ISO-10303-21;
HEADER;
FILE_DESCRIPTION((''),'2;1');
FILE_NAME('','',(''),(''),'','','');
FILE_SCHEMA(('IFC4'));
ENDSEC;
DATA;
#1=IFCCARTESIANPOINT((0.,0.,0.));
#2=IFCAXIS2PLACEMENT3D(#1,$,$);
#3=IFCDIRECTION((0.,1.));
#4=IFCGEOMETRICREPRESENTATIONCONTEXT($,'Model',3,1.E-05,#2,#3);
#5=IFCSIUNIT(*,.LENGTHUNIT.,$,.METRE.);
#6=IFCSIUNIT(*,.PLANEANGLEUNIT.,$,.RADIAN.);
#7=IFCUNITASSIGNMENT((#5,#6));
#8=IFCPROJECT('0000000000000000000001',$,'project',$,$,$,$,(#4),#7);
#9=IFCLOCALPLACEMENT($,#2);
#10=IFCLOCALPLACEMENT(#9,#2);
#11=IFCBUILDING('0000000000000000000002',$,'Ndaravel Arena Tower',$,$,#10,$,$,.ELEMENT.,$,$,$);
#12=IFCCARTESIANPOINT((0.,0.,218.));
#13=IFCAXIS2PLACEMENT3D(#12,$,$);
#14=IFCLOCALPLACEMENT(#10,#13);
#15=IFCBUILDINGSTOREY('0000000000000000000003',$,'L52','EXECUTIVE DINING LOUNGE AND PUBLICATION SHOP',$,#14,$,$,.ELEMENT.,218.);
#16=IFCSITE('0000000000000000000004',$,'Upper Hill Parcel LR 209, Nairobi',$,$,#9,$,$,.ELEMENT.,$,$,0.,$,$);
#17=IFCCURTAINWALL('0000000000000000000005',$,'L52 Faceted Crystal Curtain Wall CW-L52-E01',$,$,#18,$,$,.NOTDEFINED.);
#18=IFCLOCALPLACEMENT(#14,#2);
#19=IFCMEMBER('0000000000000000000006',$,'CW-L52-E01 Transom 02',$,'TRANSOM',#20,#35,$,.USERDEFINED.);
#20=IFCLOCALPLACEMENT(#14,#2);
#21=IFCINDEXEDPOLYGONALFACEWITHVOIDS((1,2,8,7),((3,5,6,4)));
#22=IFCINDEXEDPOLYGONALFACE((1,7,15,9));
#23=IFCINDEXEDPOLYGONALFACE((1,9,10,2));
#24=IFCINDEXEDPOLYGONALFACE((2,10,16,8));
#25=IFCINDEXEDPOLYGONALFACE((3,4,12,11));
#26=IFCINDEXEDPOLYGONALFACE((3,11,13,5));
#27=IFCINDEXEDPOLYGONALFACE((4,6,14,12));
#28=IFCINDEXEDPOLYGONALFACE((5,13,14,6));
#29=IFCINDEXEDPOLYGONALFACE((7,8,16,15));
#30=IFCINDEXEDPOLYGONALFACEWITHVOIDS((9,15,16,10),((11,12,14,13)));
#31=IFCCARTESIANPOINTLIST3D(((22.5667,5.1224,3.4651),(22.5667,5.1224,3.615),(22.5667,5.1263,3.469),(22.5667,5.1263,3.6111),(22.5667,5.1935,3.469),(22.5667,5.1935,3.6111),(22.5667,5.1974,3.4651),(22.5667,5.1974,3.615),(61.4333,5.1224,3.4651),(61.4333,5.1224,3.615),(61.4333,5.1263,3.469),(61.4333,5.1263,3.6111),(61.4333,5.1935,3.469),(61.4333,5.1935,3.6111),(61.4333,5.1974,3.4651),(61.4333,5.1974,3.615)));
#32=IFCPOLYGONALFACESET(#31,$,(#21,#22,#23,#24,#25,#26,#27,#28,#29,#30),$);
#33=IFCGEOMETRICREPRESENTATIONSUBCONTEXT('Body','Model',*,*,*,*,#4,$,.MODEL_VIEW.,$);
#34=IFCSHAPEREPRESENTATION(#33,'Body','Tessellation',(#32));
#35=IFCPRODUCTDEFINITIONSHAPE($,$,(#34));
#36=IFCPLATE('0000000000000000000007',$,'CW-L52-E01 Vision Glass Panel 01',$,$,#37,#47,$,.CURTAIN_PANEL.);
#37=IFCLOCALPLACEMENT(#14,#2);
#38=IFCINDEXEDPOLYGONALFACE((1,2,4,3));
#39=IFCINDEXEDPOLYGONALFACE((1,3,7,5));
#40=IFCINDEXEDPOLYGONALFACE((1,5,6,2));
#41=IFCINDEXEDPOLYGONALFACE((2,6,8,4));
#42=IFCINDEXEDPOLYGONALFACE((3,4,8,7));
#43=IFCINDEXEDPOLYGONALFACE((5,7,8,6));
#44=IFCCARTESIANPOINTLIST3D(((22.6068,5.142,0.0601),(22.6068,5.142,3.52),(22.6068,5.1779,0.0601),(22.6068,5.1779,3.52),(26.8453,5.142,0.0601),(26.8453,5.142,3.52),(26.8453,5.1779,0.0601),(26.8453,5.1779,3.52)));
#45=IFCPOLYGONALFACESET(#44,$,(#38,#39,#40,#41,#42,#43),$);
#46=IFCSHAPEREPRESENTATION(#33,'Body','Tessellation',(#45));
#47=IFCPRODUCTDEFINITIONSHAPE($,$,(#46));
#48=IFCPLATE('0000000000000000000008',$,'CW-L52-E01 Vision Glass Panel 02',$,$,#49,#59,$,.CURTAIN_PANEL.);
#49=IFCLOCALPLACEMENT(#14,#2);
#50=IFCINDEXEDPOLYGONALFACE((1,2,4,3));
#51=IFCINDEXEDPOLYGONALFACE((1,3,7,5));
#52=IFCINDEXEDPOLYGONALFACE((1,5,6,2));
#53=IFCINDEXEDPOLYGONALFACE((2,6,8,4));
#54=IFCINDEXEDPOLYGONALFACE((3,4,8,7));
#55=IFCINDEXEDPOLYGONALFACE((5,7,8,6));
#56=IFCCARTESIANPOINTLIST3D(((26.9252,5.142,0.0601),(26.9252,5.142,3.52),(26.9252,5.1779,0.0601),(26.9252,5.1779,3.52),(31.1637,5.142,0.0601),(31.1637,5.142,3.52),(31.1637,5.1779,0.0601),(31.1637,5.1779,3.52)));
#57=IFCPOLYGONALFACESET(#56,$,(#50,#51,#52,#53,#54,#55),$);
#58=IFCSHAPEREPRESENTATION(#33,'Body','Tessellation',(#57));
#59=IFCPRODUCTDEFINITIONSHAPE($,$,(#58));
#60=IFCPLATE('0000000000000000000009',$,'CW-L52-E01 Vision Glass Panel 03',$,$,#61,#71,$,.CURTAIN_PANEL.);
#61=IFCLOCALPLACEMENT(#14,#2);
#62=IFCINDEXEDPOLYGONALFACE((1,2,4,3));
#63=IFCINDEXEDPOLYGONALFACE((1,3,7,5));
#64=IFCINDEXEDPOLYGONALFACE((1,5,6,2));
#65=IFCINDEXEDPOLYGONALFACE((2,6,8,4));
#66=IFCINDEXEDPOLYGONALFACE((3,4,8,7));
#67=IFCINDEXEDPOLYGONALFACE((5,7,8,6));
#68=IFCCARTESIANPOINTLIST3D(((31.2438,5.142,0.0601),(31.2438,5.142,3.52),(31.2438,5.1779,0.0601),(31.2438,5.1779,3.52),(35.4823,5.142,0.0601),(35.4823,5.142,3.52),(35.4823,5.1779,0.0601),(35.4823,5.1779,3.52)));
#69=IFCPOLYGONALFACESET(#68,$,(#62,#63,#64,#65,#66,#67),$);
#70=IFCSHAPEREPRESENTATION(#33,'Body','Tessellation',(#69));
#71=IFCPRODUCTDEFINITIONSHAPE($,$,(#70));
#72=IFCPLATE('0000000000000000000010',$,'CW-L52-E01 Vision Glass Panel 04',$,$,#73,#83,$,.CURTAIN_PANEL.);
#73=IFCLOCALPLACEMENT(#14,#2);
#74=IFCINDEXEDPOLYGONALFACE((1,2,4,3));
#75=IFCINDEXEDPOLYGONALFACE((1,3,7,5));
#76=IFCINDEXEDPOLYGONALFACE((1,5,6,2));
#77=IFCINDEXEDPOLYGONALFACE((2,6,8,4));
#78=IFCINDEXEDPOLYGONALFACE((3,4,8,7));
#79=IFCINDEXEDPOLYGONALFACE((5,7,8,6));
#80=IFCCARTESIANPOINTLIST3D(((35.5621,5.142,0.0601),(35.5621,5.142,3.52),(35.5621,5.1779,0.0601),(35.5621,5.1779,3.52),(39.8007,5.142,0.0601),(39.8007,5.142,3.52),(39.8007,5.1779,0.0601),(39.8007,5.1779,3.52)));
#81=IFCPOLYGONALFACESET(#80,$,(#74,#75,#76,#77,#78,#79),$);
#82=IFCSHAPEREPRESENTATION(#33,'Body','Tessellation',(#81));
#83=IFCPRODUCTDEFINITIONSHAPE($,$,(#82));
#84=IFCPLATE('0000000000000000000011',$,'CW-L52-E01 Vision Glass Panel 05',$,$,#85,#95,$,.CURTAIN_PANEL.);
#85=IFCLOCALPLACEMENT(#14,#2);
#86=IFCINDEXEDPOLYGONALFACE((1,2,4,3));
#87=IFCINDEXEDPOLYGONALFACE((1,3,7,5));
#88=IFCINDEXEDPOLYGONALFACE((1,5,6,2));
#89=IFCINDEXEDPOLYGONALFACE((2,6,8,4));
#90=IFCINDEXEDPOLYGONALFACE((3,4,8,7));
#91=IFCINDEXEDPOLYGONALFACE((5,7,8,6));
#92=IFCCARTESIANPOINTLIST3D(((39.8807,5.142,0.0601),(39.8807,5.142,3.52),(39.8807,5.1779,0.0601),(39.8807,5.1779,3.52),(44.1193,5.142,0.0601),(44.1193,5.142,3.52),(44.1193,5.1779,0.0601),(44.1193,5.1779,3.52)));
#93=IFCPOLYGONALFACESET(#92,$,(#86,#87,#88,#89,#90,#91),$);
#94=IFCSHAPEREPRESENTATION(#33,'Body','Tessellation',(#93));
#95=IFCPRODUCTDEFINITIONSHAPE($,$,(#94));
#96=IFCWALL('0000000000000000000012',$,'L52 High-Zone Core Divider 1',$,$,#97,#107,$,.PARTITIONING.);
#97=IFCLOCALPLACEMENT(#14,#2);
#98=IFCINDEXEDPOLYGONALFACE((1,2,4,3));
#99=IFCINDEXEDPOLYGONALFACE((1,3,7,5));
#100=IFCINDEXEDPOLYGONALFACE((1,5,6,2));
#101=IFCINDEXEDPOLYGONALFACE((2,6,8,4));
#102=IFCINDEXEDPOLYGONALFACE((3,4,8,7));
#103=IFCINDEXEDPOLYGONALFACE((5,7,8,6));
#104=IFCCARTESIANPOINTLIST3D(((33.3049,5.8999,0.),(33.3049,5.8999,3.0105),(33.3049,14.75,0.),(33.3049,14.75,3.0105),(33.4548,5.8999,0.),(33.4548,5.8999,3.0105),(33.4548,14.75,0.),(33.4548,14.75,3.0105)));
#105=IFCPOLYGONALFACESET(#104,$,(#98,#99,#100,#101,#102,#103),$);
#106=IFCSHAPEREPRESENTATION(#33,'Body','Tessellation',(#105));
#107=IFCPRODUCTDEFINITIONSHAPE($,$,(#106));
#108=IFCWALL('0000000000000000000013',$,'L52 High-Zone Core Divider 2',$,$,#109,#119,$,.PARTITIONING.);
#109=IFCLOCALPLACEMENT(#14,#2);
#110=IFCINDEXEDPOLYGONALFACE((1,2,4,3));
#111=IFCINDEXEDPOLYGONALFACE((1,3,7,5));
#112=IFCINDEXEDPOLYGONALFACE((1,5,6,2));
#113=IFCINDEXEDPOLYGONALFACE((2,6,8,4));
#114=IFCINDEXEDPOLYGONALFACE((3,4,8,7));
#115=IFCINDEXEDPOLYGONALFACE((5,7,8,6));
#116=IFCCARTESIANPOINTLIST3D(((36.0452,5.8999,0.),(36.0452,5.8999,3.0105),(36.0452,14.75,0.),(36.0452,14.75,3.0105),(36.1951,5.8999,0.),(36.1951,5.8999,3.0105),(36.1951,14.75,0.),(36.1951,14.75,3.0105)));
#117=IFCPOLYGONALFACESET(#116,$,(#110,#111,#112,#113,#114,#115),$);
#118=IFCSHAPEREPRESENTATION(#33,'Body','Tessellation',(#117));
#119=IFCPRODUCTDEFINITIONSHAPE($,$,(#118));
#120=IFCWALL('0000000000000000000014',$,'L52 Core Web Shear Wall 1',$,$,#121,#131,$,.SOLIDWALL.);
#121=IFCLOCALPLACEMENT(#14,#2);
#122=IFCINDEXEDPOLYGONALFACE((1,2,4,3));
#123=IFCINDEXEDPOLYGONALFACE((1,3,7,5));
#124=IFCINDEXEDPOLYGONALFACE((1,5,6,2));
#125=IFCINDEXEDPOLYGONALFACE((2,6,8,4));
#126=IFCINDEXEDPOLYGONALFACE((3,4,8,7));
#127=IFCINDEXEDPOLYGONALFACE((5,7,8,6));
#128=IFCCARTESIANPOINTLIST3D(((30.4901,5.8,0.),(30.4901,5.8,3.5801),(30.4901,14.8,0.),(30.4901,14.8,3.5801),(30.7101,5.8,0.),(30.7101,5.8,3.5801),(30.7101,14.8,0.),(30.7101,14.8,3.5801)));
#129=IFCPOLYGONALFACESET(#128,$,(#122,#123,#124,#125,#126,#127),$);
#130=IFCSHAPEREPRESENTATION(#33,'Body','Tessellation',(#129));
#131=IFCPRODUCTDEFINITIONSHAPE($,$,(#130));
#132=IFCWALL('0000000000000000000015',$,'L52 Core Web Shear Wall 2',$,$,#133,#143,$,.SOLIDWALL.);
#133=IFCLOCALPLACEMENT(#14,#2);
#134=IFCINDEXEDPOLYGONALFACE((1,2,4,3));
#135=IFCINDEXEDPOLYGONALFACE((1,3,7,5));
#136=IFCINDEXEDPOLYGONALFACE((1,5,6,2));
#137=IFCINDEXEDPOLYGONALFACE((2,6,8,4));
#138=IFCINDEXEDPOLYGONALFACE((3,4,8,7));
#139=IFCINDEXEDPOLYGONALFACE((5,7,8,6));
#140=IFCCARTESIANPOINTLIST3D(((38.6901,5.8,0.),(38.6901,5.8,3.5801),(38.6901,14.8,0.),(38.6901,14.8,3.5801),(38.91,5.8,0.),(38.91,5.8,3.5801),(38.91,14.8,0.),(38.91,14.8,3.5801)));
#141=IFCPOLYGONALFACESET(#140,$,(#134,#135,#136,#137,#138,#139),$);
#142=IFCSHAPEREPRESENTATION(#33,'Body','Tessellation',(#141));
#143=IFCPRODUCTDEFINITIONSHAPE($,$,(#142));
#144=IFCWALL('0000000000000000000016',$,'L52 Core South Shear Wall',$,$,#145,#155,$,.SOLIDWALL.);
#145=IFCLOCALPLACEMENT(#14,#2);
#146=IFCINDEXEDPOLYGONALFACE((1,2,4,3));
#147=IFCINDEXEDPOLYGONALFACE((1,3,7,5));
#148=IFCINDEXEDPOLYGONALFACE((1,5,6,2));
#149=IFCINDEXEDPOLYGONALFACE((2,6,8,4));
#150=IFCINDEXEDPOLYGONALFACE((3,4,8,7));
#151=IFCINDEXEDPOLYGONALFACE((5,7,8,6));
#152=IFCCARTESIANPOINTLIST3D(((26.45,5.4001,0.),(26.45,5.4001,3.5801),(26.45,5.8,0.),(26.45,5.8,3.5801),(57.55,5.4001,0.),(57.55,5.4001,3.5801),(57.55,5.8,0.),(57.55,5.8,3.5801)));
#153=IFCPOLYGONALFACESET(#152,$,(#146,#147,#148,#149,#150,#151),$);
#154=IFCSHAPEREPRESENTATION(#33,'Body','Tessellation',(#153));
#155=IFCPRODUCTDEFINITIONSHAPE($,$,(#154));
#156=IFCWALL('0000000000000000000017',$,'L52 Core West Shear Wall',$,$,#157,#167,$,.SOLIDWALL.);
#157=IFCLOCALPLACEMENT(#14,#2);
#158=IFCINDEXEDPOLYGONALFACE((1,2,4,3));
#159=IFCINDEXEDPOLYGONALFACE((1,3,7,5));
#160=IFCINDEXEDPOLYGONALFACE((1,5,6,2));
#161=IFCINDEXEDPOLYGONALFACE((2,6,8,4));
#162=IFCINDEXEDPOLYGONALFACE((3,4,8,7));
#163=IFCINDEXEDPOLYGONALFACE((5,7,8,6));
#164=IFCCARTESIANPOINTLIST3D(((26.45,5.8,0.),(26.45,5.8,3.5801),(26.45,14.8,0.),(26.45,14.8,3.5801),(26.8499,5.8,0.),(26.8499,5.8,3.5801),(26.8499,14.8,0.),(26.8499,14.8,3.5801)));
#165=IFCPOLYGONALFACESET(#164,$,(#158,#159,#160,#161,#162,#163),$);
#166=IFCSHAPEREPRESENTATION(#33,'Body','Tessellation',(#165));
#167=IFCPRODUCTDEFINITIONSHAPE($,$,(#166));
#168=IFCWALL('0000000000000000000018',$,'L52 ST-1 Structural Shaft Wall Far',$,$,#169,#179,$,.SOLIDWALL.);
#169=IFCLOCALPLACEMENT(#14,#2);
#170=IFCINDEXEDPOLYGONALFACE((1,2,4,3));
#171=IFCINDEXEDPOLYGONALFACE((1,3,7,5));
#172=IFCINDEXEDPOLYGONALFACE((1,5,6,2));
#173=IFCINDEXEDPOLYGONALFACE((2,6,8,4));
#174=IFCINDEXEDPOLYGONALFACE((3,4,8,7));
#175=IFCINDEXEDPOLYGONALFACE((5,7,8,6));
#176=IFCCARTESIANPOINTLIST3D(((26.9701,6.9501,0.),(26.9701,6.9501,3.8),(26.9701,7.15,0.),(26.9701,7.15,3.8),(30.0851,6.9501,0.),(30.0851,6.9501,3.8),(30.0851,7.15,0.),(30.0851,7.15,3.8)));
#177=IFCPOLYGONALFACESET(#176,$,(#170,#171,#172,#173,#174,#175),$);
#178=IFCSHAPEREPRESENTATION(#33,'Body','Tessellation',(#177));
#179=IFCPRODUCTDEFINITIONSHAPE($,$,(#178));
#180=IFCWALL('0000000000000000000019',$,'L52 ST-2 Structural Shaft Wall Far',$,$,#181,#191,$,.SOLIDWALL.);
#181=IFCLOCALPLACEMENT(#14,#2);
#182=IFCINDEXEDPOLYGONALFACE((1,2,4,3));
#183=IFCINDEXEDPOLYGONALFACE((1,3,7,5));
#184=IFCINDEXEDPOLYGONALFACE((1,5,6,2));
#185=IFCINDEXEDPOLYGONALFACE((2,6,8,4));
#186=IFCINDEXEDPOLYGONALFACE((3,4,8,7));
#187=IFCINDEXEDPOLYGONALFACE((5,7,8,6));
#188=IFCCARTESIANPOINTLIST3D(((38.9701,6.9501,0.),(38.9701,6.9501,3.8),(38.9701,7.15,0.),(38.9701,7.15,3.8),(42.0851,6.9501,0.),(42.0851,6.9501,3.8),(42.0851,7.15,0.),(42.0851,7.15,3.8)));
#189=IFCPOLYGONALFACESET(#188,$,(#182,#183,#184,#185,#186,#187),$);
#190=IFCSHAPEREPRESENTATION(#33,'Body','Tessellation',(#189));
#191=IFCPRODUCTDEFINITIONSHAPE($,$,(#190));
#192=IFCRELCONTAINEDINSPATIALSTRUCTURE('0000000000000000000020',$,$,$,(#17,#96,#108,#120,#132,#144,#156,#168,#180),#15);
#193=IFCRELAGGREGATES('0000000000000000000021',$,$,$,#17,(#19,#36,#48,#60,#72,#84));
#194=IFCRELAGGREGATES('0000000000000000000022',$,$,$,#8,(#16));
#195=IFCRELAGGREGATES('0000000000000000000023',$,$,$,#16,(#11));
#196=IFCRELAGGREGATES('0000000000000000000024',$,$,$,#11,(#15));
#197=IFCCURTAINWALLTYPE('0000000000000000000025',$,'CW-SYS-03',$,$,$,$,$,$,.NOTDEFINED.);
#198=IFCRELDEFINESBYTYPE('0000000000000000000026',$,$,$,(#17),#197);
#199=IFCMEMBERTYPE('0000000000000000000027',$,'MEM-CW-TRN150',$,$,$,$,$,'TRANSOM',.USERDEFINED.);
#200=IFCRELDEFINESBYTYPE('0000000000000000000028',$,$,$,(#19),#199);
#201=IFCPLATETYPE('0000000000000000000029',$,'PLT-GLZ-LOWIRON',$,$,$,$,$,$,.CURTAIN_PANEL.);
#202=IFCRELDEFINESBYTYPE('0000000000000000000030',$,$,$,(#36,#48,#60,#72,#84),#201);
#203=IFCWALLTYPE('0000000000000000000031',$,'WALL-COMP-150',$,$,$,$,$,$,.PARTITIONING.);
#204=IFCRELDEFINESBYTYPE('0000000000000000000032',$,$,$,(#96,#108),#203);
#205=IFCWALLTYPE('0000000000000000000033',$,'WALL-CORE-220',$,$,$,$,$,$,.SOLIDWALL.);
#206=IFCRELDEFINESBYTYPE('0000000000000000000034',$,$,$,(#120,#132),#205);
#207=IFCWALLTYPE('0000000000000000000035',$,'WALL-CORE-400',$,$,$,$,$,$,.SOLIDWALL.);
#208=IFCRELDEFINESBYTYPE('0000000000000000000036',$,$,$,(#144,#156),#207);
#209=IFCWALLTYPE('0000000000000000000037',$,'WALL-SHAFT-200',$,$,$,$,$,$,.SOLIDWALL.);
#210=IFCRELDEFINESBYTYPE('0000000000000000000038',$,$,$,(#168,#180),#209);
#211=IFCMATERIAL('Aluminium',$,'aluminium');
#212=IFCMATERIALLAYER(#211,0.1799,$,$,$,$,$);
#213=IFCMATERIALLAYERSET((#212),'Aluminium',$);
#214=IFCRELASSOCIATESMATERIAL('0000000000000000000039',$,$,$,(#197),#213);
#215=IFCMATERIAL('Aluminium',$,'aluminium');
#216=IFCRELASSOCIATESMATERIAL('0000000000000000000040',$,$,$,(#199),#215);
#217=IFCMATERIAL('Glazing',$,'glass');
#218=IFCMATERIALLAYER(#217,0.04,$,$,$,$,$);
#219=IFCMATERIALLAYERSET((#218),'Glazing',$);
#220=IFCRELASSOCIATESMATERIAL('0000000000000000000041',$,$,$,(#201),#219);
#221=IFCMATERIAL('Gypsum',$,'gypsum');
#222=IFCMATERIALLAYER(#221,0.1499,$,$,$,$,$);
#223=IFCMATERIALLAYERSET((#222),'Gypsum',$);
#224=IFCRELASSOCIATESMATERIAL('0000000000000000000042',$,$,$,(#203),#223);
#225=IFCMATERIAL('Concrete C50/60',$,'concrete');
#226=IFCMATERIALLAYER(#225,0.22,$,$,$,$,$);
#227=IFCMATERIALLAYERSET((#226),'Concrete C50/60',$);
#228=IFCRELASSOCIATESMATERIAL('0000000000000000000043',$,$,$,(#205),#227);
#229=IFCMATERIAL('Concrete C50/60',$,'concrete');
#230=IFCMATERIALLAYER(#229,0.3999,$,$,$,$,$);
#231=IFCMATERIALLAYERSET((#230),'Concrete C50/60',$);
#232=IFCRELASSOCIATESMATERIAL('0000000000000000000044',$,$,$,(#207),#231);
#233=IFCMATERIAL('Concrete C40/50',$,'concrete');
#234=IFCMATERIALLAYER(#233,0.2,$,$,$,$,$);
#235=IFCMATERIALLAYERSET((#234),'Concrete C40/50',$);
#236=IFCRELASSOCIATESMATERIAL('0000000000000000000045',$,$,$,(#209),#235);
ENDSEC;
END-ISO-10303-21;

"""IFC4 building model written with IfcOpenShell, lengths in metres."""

from ifc_helpers import new_model, si_unit, direction, frame, frame_2d, origin, origin_2d, place, context, subcontext, project, spatial, rectangle, hollow_rectangle, extrude, material, layer, layer_set, material_profile, profile_set, type_object, element, aggregate, save


model = new_model("IFC4")

# Units and contexts
model_context = context("Model", 3, precision=1e-05, world=origin(), true_north=direction((0.0, 1.0)))
body_context = subcontext(model_context, "Body", "Model", "MODEL_VIEW")
ifc_project = project(units=[si_unit("LENGTHUNIT", "METRE"), si_unit("PLANEANGLEUNIT", "RADIAN")], contexts=[model_context])

# Site, building, storey
site_placement = place(None, origin())
site = spatial("IfcSite", under=ifc_project, at=site_placement, Name="Upper Hill Parcel LR 209, Nairobi", CompositionType="ELEMENT", RefElevation=0.0)
building_placement = place(site_placement, origin())
building = spatial("IfcBuilding", under=site, at=building_placement, Name="Ndaravel Arena Tower", CompositionType="ELEMENT")
storey_placement = place(building_placement, frame((0.0, 0.0, 218.0)))
storey = spatial("IfcBuildingStorey", under=building, at=storey_placement, Name="L52", Description="EXECUTIVE DINING LOUNGE AND PUBLICATION SHOP", CompositionType="ELEMENT", Elevation=218.0)

# Curtain wall, member, plates
ifc_material_1 = material(Name="Aluminium", Category="aluminium")
ifc_layer_1 = layer(ifc_material_1, 0.1799)
ifc_layer_set_1 = layer_set([ifc_layer_1], Name="Aluminium")
curtain_wall_type = type_object("IfcCurtainWallType", Name="CW-SYS-03", PredefinedType="NOTDEFINED", material=ifc_layer_set_1)
curtain_wall_placement = place(storey_placement, origin())
curtain_wall = element("IfcCurtainWall", 1, at=curtain_wall_placement, inside=storey, type_object=curtain_wall_type, Name="L52 Faceted Crystal Curtain Wall CW-L52-E01", PredefinedType="NOTDEFINED")
ifc_material_2 = material(Name="Aluminium", Category="aluminium")
ifc_material_profile_1 = material_profile(ifc_material_2, hollow_rectangle(XDim=0.075, YDim=0.1499, WallThickness=0.0039, at=origin_2d()), Name="CW TRANSOM 75x150x4")
ifc_profile_set_1 = profile_set([ifc_material_profile_1], Name="Aluminium")
member_type_1 = type_object("IfcMemberType", Name="MEM-CW-TRN150", ElementType="TRANSOM", PredefinedType="USERDEFINED", material=ifc_profile_set_1)
member_1_placement = place(storey_placement, frame((22.5667, 5.1599, 3.54), z_axis=(1.0, 0.0, 0.0), x_axis=(0.0, 1.0, 0.0)))
member_1 = element("IfcMember", 2, at=member_1_placement, type_object=member_type_1, Name="CW-L52-E01 Transom 02", ObjectType="TRANSOM", PredefinedType="USERDEFINED", context=body_context, shape_type="SweptSolid", body=[
    extrude(hollow_rectangle(XDim=0.075, YDim=0.1499, WallThickness=0.0039, at=origin_2d()), origin(), (0.0, 0.0, 1.0), 38.8667),
])
ifc_material_3 = material(Name="Glazing", Category="glass")
ifc_layer_2 = layer(ifc_material_3, 0.04)
ifc_layer_set_2 = layer_set([ifc_layer_2], Name="Glazing")
plate_type = type_object("IfcPlateType", Name="PLT-GLZ-LOWIRON", PredefinedType="CURTAIN_PANEL", material=ifc_layer_set_2)
plate_1_placement = place(storey_placement, frame((24.7261, 5.1599, 0.0601), z_axis=(0.0, 0.0, 1.0), x_axis=(1.0, 0.0, 0.0)))
plate_1 = element("IfcPlate", 3, at=plate_1_placement, type_object=plate_type, Name="CW-L52-E01 Vision Glass Panel 01", PredefinedType="CURTAIN_PANEL", context=body_context, shape_type="SweptSolid", body=[
    extrude(rectangle(XDim=4.2385, YDim=0.0359, at=origin_2d()), origin(), (0.0, 0.0, 1.0), 3.46),
])
plate_2_placement = place(storey_placement, frame((29.0444, 5.1599, 0.0601), z_axis=(0.0, 0.0, 1.0), x_axis=(1.0, 0.0, 0.0)))
plate_2 = element("IfcPlate", 4, at=plate_2_placement, type_object=plate_type, Name="CW-L52-E01 Vision Glass Panel 02", PredefinedType="CURTAIN_PANEL", context=body_context, shape_type="SweptSolid", body=[
    extrude(rectangle(XDim=4.2385, YDim=0.0359, at=origin_2d()), origin(), (0.0, 0.0, 1.0), 3.46),
])
plate_3_placement = place(storey_placement, frame((33.363, 5.1599, 0.0601), z_axis=(0.0, 0.0, 1.0), x_axis=(1.0, 0.0, 0.0)))
plate_3 = element("IfcPlate", 5, at=plate_3_placement, type_object=plate_type, Name="CW-L52-E01 Vision Glass Panel 03", PredefinedType="CURTAIN_PANEL", context=body_context, shape_type="SweptSolid", body=[
    extrude(rectangle(XDim=4.2385, YDim=0.0359, at=origin_2d()), origin(), (0.0, 0.0, 1.0), 3.46),
])
plate_4_placement = place(storey_placement, frame((37.6814, 5.1599, 0.0601), z_axis=(0.0, 0.0, 1.0), x_axis=(1.0, 0.0, 0.0)))
plate_4 = element("IfcPlate", 6, at=plate_4_placement, type_object=plate_type, Name="CW-L52-E01 Vision Glass Panel 04", PredefinedType="CURTAIN_PANEL", context=body_context, shape_type="SweptSolid", body=[
    extrude(rectangle(XDim=4.2385, YDim=0.0359, at=origin_2d()), origin(), (0.0, 0.0, 1.0), 3.46),
])
plate_5_placement = place(storey_placement, frame((42.0, 5.1599, 0.0601), z_axis=(0.0, 0.0, 1.0), x_axis=(1.0, 0.0, 0.0)))
plate_5 = element("IfcPlate", 7, at=plate_5_placement, type_object=plate_type, Name="CW-L52-E01 Vision Glass Panel 05", PredefinedType="CURTAIN_PANEL", context=body_context, shape_type="SweptSolid", body=[
    extrude(rectangle(XDim=4.2385, YDim=0.0359, at=origin_2d()), origin(), (0.0, 0.0, 1.0), 3.46),
])
aggregate(curtain_wall, [member_1, plate_1, plate_2, plate_3, plate_4, plate_5])

# Walls
ifc_material_4 = material(Name="Gypsum", Category="gypsum")
ifc_layer_3 = layer(ifc_material_4, 0.1499)
ifc_layer_set_3 = layer_set([ifc_layer_3], Name="Gypsum")
wall_type_1 = type_object("IfcWallType", Name="WALL-COMP-150", PredefinedType="PARTITIONING", material=ifc_layer_set_3)
for number, where, z_axis, x_axis, name in (
    (8, (33.3799, 5.8999, 0.0), (0.0, 0.0, 1.0), (0.0, 1.0, 0.0), "L52 High-Zone Core Divider 1"),
    (9, (36.1201, 5.8999, 0.0), (0.0, 0.0, 1.0), (0.0, 1.0, 0.0), "L52 High-Zone Core Divider 2"),
):
    element("IfcWall", number, at=place(storey_placement, frame(where, z_axis=z_axis, x_axis=x_axis)), inside=storey, type_object=wall_type_1, Name=name, PredefinedType="PARTITIONING", context=body_context, shape_type="SweptSolid", body=[
        extrude(rectangle(XDim=8.8501, YDim=0.1499, at=frame_2d((4.425, 0.0))), origin(), (0.0, 0.0, 1.0), 3.0105),
    ])
ifc_material_5 = material(Name="Concrete C50/60", Category="concrete")
ifc_layer_4 = layer(ifc_material_5, 0.22)
ifc_layer_set_4 = layer_set([ifc_layer_4], Name="Concrete C50/60")
wall_type_2 = type_object("IfcWallType", Name="WALL-CORE-220", PredefinedType="SOLIDWALL", material=ifc_layer_set_4)
for number, where, z_axis, x_axis, name in (
    (10, (30.6001, 5.8, 0.0), (0.0, 0.0, 1.0), (0.0, 1.0, 0.0), "L52 Core Web Shear Wall 1"),
    (11, (38.8, 5.8, 0.0), (0.0, 0.0, 1.0), (0.0, 1.0, 0.0), "L52 Core Web Shear Wall 2"),
):
    element("IfcWall", number, at=place(storey_placement, frame(where, z_axis=z_axis, x_axis=x_axis)), inside=storey, type_object=wall_type_2, Name=name, PredefinedType="SOLIDWALL", context=body_context, shape_type="SweptSolid", body=[
        extrude(rectangle(XDim=9.0, YDim=0.22, at=frame_2d((4.5, 0.0))), origin(), (0.0, 0.0, 1.0), 3.5801),
    ])
ifc_material_6 = material(Name="Concrete C50/60", Category="concrete")
ifc_layer_5 = layer(ifc_material_6, 0.3999)
ifc_layer_set_5 = layer_set([ifc_layer_5], Name="Concrete C50/60")
wall_type_3 = type_object("IfcWallType", Name="WALL-CORE-400", PredefinedType="SOLIDWALL", material=ifc_layer_set_5)
wall_1_placement = place(storey_placement, frame((26.45, 5.6001, 0.0), z_axis=(0.0, 0.0, 1.0), x_axis=(1.0, 0.0, 0.0)))
element("IfcWall", 12, at=wall_1_placement, inside=storey, type_object=wall_type_3, Name="L52 Core South Shear Wall", PredefinedType="SOLIDWALL", context=body_context, shape_type="SweptSolid", body=[
    extrude(rectangle(XDim=31.1001, YDim=0.3999, at=frame_2d((15.55, 0.0))), origin(), (0.0, 0.0, 1.0), 3.5801),
])
wall_2_placement = place(storey_placement, frame((26.6499, 5.8, 0.0), z_axis=(0.0, 0.0, 1.0), x_axis=(0.0, 1.0, 0.0)))
element("IfcWall", 13, at=wall_2_placement, inside=storey, type_object=wall_type_3, Name="L52 Core West Shear Wall", PredefinedType="SOLIDWALL", context=body_context, shape_type="SweptSolid", body=[
    extrude(rectangle(XDim=9.0, YDim=0.3999, at=frame_2d((4.5, 0.0))), origin(), (0.0, 0.0, 1.0), 3.5801),
])
ifc_material_7 = material(Name="Concrete C40/50", Category="concrete")
ifc_layer_6 = layer(ifc_material_7, 0.2)
ifc_layer_set_6 = layer_set([ifc_layer_6], Name="Concrete C40/50")
wall_type_4 = type_object("IfcWallType", Name="WALL-SHAFT-200", PredefinedType="SOLIDWALL", material=ifc_layer_set_6)
for number, where, z_axis, x_axis, name in (
    (14, (26.97, 7.05, 0.0), (0.0, 0.0, 1.0), (1.0, 0.0, 0.0), "L52 ST-1 Structural Shaft Wall Far"),
    (15, (38.97, 7.05, 0.0), (0.0, 0.0, 1.0), (1.0, 0.0, 0.0), "L52 ST-2 Structural Shaft Wall Far"),
):
    element("IfcWall", number, at=place(storey_placement, frame(where, z_axis=z_axis, x_axis=x_axis)), inside=storey, type_object=wall_type_4, Name=name, PredefinedType="SOLIDWALL", context=body_context, shape_type="SweptSolid", body=[
        extrude(rectangle(XDim=3.115, YDim=0.2, at=frame_2d((1.5576, 0.0))), origin(), (0.0, 0.0, 1.0), 3.8),
    ])

save(model, "model.ifc")
